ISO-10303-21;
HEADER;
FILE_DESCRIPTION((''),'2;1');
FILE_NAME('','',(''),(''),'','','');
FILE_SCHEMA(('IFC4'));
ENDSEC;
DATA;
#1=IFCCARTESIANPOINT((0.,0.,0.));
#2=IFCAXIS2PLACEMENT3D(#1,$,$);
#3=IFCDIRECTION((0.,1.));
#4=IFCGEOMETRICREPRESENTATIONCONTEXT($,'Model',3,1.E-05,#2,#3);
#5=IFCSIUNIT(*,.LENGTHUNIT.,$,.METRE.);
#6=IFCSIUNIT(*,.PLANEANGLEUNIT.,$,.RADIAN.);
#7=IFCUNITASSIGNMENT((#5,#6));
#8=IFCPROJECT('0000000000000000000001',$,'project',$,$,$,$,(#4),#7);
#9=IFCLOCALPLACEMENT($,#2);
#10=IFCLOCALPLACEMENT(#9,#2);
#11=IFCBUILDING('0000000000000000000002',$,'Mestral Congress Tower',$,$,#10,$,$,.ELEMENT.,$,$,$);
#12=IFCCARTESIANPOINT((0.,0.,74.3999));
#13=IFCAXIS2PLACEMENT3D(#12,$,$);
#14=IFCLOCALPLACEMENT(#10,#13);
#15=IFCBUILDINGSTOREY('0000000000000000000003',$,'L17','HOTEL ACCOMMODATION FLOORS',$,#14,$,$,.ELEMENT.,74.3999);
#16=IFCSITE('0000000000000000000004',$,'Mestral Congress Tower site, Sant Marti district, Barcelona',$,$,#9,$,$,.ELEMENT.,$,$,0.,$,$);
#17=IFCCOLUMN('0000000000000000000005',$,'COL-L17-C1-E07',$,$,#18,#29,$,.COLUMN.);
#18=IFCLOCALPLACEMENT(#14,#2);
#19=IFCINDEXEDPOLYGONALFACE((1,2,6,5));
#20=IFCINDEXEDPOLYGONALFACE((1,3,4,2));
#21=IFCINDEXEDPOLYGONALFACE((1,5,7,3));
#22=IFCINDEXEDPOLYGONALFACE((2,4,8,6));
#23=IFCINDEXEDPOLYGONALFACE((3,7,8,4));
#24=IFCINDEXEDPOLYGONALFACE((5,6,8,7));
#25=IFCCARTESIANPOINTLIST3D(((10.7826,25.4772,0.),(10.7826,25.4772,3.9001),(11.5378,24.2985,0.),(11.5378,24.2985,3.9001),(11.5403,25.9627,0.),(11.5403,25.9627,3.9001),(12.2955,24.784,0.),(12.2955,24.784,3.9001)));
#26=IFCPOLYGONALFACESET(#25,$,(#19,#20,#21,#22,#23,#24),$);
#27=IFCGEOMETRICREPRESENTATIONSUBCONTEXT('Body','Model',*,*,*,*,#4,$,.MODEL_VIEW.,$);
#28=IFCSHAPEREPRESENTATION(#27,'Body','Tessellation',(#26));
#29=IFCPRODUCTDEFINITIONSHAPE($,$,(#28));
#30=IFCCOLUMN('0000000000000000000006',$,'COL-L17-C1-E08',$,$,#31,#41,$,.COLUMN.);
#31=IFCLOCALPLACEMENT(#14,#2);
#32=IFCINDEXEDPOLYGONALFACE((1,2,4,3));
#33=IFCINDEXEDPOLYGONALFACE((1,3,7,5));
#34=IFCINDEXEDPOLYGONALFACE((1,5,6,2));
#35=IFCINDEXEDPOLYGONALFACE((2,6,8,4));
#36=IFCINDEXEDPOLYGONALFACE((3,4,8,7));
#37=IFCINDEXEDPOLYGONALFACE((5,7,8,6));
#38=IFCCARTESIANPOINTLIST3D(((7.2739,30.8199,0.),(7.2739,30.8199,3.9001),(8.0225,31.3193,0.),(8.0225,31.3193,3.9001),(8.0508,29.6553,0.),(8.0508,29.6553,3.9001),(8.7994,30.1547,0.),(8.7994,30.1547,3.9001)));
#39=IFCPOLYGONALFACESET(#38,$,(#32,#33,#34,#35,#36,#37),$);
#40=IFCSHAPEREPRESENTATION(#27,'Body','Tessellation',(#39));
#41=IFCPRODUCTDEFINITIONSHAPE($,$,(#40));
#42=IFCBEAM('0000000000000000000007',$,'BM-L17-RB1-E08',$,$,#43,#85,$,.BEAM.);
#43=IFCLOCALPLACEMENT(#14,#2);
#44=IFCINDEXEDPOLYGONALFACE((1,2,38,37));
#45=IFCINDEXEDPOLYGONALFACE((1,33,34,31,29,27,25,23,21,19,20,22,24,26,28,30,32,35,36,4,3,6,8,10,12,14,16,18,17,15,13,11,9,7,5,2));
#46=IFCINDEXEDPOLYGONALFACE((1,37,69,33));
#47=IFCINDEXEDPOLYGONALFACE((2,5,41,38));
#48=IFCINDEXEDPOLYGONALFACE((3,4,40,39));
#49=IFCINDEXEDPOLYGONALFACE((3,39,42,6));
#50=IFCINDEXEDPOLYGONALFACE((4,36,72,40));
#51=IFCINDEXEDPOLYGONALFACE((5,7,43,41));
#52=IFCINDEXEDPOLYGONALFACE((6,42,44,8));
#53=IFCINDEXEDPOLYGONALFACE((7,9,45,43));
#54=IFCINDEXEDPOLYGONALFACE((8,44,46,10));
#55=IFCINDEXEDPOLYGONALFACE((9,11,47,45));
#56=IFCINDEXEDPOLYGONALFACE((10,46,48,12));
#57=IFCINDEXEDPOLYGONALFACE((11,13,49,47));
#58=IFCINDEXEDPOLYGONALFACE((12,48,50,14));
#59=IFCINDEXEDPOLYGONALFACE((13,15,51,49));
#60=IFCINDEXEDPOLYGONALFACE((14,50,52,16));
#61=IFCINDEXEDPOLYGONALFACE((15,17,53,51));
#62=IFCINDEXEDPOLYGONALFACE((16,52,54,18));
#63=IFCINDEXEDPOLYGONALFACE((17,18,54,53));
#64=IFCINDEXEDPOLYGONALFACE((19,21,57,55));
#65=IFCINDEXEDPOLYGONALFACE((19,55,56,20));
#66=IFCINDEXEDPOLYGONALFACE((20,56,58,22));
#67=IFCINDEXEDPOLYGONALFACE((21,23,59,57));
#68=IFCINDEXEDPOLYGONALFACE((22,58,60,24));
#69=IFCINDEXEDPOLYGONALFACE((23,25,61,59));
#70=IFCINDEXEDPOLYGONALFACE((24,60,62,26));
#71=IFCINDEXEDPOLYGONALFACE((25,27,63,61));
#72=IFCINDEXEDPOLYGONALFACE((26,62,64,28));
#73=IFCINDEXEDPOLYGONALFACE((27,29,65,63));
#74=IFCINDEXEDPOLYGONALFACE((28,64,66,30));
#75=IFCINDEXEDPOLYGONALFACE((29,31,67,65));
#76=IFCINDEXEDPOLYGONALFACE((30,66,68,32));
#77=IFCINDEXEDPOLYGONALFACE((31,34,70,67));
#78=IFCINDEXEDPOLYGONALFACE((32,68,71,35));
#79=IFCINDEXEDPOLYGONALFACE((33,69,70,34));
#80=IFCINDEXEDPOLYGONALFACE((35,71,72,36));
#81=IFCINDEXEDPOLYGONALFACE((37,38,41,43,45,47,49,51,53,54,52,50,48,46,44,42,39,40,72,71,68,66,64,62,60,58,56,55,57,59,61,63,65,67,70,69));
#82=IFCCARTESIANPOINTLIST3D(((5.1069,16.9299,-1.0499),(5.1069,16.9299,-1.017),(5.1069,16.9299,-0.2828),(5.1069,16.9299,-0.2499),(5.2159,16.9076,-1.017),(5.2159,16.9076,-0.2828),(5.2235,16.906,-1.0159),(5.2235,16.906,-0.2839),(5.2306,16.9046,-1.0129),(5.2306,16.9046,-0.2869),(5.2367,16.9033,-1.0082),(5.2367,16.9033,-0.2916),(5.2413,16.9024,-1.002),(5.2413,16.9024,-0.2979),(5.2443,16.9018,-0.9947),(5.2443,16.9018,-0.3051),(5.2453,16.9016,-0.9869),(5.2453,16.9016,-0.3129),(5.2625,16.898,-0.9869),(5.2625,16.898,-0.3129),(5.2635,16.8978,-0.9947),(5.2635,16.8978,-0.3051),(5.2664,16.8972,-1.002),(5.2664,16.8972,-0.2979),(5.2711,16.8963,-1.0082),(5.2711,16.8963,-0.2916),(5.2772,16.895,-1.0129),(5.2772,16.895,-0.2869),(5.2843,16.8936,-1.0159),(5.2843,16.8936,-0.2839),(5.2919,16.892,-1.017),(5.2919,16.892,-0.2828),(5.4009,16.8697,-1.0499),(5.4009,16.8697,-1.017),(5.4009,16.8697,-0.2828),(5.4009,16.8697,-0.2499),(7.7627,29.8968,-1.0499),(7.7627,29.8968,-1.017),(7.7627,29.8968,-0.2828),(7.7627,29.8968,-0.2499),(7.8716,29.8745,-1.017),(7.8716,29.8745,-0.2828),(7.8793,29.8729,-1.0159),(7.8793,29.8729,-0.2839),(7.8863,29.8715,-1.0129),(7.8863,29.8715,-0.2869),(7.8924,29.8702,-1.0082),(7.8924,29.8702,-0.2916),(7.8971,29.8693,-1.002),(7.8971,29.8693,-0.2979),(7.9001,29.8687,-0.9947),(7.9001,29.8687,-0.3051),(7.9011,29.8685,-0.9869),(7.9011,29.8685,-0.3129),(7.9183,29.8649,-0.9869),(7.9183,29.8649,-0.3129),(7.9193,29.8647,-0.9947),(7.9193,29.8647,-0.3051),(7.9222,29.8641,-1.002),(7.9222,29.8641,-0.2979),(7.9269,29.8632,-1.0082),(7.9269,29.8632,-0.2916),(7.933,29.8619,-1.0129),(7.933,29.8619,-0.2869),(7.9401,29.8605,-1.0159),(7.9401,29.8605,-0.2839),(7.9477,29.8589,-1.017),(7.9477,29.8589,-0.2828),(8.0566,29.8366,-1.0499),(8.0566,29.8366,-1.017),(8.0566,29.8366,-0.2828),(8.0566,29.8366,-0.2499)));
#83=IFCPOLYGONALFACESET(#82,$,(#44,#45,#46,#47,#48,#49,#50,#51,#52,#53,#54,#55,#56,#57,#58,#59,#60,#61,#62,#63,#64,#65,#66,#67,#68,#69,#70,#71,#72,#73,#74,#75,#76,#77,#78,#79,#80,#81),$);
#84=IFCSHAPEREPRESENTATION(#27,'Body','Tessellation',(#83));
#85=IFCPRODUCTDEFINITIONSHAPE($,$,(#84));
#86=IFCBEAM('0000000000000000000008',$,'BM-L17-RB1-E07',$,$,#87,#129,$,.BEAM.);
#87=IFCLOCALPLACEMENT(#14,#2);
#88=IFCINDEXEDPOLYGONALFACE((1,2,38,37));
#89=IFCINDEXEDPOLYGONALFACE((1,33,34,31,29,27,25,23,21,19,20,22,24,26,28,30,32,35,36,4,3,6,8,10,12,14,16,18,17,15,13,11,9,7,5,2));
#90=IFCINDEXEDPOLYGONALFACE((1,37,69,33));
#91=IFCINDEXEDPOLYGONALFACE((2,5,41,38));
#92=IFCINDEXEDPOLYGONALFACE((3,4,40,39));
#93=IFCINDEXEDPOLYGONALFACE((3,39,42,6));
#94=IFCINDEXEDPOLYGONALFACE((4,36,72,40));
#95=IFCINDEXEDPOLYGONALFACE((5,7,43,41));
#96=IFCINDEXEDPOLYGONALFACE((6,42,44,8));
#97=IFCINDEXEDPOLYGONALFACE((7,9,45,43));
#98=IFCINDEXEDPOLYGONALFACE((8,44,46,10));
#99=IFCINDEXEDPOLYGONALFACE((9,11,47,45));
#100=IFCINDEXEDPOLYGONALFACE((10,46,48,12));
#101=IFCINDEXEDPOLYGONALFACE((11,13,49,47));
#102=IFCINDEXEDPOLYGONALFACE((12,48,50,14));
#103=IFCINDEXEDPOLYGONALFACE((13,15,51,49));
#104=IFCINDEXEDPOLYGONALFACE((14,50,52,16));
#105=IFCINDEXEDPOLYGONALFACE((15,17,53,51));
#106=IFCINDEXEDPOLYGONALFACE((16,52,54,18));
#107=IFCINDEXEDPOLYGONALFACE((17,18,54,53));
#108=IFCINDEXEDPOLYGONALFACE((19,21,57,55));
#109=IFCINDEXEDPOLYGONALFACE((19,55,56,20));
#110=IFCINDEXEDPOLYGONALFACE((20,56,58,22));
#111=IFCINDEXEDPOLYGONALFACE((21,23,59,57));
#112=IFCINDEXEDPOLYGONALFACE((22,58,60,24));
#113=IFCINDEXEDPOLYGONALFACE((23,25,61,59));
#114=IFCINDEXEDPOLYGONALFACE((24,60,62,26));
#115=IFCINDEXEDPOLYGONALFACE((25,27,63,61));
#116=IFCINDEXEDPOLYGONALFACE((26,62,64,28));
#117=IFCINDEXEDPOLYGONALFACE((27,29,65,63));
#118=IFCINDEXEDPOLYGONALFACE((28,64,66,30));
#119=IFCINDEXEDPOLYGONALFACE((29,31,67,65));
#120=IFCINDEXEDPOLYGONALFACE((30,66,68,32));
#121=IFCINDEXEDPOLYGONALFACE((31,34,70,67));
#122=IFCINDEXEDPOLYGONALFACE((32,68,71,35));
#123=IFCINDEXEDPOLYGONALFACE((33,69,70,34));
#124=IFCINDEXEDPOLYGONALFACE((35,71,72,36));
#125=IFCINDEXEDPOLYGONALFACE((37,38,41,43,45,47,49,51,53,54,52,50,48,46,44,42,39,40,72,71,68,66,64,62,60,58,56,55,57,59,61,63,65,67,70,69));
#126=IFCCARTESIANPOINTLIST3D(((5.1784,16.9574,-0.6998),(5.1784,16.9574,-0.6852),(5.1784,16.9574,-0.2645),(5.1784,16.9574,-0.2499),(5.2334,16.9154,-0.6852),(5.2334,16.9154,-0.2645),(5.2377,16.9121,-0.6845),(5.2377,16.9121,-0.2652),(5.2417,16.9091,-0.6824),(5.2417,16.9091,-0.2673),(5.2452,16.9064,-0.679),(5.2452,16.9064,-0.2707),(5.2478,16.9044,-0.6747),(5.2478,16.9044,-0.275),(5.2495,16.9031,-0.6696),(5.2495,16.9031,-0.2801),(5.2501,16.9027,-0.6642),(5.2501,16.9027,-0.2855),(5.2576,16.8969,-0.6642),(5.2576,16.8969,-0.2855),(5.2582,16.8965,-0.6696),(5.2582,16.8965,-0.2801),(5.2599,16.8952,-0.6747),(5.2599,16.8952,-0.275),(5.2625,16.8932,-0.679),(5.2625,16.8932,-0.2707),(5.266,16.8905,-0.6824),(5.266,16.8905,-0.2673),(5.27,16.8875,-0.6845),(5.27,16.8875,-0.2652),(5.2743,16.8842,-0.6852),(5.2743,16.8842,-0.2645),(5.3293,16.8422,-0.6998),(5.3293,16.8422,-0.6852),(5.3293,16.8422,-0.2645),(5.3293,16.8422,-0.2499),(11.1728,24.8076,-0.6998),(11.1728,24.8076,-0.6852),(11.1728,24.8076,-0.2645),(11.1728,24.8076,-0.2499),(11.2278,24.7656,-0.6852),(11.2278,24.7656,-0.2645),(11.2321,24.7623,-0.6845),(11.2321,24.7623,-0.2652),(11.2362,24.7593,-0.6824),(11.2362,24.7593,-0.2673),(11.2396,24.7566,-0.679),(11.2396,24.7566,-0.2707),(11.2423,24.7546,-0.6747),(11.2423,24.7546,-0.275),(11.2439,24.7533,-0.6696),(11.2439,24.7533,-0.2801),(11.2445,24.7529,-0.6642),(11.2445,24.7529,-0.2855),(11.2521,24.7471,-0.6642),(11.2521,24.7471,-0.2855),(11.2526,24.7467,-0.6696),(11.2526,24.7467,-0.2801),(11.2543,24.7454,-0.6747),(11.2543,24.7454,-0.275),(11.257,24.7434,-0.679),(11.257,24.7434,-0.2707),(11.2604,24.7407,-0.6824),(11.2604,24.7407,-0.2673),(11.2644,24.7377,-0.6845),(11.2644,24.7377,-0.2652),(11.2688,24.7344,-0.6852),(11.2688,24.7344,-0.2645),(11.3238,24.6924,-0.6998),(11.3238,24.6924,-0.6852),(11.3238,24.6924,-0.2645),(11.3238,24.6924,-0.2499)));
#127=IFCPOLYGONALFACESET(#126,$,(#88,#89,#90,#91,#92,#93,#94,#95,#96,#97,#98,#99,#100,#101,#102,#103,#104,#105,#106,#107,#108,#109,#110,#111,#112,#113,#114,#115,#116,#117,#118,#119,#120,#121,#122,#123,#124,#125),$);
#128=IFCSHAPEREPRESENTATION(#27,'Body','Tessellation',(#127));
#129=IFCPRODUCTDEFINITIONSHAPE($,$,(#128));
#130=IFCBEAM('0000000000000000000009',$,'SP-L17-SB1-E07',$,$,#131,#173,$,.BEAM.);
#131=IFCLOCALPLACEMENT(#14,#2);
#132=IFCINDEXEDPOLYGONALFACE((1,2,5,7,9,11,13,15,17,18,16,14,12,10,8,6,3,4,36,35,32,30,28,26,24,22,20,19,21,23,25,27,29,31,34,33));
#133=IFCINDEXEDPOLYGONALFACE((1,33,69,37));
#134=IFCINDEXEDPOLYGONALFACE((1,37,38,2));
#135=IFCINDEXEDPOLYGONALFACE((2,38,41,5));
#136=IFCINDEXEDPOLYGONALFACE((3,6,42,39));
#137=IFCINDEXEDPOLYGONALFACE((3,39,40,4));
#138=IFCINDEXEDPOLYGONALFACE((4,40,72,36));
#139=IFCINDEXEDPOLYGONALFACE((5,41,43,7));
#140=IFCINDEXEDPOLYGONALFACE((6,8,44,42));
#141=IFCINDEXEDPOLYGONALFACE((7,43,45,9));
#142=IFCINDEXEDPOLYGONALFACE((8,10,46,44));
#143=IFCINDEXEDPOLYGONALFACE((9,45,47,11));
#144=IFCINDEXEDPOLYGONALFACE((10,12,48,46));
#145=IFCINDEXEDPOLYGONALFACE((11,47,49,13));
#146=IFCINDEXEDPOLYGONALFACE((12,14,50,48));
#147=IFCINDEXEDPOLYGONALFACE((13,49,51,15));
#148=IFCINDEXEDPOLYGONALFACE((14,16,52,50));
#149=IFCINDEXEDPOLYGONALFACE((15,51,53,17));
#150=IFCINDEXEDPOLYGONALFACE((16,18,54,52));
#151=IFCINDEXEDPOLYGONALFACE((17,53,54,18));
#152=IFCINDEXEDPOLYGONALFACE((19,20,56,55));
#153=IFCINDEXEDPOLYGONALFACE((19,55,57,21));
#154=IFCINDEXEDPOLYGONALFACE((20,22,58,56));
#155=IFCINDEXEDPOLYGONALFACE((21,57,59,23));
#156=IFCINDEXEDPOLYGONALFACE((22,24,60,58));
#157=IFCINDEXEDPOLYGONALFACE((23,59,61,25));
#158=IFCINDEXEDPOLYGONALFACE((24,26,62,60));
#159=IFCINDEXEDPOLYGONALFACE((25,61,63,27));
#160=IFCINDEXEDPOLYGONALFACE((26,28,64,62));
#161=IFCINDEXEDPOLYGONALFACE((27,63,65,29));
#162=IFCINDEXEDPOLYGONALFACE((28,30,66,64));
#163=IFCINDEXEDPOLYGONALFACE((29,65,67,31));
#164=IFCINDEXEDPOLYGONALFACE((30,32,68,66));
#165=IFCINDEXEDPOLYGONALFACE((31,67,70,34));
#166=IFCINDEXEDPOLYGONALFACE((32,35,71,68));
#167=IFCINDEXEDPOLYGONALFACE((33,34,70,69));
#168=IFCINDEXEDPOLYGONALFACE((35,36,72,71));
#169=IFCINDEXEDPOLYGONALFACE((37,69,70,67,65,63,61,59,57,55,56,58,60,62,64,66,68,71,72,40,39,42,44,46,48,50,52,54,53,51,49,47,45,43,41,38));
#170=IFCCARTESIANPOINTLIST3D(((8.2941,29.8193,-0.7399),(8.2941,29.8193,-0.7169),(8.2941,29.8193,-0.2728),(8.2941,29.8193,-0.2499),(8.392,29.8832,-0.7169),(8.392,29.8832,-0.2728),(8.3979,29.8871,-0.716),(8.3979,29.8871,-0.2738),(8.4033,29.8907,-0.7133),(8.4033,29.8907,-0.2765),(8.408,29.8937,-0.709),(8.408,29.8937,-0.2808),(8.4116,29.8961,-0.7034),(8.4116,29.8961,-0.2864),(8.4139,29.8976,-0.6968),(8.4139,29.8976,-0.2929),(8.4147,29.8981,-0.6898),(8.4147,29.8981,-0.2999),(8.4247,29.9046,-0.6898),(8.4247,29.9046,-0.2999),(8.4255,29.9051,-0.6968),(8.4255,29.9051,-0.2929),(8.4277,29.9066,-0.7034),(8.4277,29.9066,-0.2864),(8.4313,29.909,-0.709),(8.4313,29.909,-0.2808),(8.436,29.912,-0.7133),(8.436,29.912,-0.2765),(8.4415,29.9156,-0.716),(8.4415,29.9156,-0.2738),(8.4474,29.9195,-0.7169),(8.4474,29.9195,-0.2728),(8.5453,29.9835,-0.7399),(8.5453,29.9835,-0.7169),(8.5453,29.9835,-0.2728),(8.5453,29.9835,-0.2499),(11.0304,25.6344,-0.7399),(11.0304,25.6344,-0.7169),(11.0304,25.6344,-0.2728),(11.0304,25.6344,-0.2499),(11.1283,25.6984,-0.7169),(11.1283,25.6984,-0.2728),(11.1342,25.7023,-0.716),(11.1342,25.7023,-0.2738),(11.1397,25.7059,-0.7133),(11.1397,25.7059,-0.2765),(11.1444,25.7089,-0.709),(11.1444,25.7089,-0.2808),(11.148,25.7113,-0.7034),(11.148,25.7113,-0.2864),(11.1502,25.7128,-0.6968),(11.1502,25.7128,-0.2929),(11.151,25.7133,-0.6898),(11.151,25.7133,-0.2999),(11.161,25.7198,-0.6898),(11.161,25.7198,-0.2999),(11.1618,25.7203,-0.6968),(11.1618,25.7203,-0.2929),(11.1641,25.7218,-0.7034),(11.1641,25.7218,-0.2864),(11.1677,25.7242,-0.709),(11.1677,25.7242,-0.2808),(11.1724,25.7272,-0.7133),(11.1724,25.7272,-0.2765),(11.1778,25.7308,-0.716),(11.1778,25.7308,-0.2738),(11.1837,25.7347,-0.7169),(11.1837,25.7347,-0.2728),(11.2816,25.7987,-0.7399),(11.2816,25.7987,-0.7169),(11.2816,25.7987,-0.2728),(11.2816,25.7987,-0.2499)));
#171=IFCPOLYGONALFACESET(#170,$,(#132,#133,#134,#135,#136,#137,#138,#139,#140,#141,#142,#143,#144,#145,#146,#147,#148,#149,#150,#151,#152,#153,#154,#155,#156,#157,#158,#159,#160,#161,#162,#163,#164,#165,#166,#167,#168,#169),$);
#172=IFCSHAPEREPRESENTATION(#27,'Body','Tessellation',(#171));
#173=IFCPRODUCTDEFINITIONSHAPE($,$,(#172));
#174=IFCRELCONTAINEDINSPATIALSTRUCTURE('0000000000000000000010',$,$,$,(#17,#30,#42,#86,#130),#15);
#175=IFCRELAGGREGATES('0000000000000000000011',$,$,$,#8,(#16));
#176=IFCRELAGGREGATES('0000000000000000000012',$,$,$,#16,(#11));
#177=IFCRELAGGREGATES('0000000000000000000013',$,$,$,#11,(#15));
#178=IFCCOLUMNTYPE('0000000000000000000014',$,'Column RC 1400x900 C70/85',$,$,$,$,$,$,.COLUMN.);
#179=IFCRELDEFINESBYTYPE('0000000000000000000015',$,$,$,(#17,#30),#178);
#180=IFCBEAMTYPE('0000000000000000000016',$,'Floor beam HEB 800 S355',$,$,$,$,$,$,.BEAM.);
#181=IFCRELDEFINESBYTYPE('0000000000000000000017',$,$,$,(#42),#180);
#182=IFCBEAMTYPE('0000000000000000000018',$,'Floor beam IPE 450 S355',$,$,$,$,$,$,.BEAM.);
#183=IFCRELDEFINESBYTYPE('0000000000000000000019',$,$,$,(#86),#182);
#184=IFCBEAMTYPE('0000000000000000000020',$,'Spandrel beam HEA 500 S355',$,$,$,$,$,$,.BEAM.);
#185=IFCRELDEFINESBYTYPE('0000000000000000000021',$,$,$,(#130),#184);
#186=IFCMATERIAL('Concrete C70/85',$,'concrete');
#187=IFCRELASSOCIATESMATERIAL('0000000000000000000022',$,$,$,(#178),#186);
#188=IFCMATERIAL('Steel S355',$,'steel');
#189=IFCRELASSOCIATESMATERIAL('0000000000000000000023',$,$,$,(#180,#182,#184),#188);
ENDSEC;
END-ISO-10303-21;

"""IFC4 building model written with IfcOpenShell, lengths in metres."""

from ifc_helpers import new_model, si_unit, direction, frame, origin, origin_2d, place, context, subcontext, project, spatial, rectangle, i_section, extrude, material, material_profile, profile_set, type_object, element, save


model = new_model("IFC4")

# Units and contexts
model_context = context("Model", 3, precision=1e-05, world=origin(), true_north=direction((0.0, 1.0)))
body_context = subcontext(model_context, "Body", "Model", "MODEL_VIEW")
ifc_project = project(units=[si_unit("LENGTHUNIT", "METRE"), si_unit("PLANEANGLEUNIT", "RADIAN")], contexts=[model_context])

# Site, building, storey
site_placement = place(None, origin())
site = spatial("IfcSite", under=ifc_project, at=site_placement, Name="Mestral Congress Tower site, Sant Marti district, Barcelona", CompositionType="ELEMENT", RefElevation=0.0)
building_placement = place(site_placement, origin())
building = spatial("IfcBuilding", under=site, at=building_placement, Name="Mestral Congress Tower", CompositionType="ELEMENT")
storey_placement = place(building_placement, frame((0.0, 0.0, 74.3999)))
storey = spatial("IfcBuildingStorey", under=building, at=storey_placement, Name="L17", Description="HOTEL ACCOMMODATION FLOORS", CompositionType="ELEMENT", Elevation=74.3999)

# Columns
ifc_material_1 = material(Name="Concrete C70/85", Category="concrete")
ifc_material_profile_1 = material_profile(ifc_material_1, rectangle(XDim=1.3999, YDim=0.8999, at=origin_2d()), Name="RC 1400x900")
ifc_profile_set_1 = profile_set([ifc_material_profile_1], Name="Concrete C70/85")
column_type = type_object("IfcColumnType", Name="Column RC 1400x900 C70/85", PredefinedType="COLUMN", material=ifc_profile_set_1)
for number, where, z_axis, x_axis, name in (
    (1, (11.5391, 25.1306, 0.0), (0.0, 0.0, 1.0), (-0.539476, 0.842001, 0.0), "COL-L17-C1-E07"),
    (2, (8.0366, 30.4873, 0.0), (0.0, 0.0, 1.0), (-0.554949, 0.831884, 0.0), "COL-L17-C1-E08"),
):
    element("IfcColumn", number, at=place(storey_placement, frame(where, z_axis=z_axis, x_axis=x_axis)), inside=storey, type_object=column_type, Name=name, PredefinedType="COLUMN", context=body_context, shape_type="SweptSolid", body=[
        extrude(rectangle(XDim=1.3999, YDim=0.8999, at=origin_2d()), origin(), (0.0, 0.0, 1.0), 3.9001),
    ])

# Beams
ifc_material_2 = material(Name="Steel S355", Category="steel")
ifc_material_profile_2 = material_profile(ifc_material_2, i_section(OverallWidth=0.3, OverallDepth=0.8, WebThickness=0.0176, FlangeThickness=0.033, FilletRadius=0.03, at=origin_2d()), Name="HEB 800")
ifc_profile_set_2 = profile_set([ifc_material_profile_2], Name="Steel S355")
beam_type_1 = type_object("IfcBeamType", Name="Floor beam HEB 800 S355", PredefinedType="BEAM", material=ifc_profile_set_2)
beam_1_placement = place(storey_placement, frame((7.9097, 29.8667, -0.6499), z_axis=(-0.200647, -0.979664, 0.0), x_axis=(0.979664, -0.200647, 0.0)))
element("IfcBeam", 3, at=beam_1_placement, inside=storey, type_object=beam_type_1, Name="BM-L17-RB1-E08", PredefinedType="BEAM", context=body_context, shape_type="SweptSolid", body=[
    extrude(i_section(OverallWidth=0.3, OverallDepth=0.8, WebThickness=0.0176, FlangeThickness=0.033, FilletRadius=0.03, at=origin_2d()), origin(), (0.0, 0.0, 1.0), 13.2361),
])
ifc_material_profile_3 = material_profile(ifc_material_2, i_section(OverallWidth=0.1899, OverallDepth=0.45, WebThickness=0.0095, FlangeThickness=0.0146, FilletRadius=0.021, at=origin_2d()), Name="IPE 450")
ifc_profile_set_3 = profile_set([ifc_material_profile_3], Name="Steel S355")
beam_type_2 = type_object("IfcBeamType", Name="Floor beam IPE 450 S355", PredefinedType="BEAM", material=ifc_profile_set_3)
beam_2_placement = place(storey_placement, frame((11.2483, 24.75, -0.4749), z_axis=(-0.606899, -0.794779, 0.0), x_axis=(0.794779, -0.606899, 0.0)))
element("IfcBeam", 4, at=beam_2_placement, inside=storey, type_object=beam_type_2, Name="BM-L17-RB1-E07", PredefinedType="BEAM", context=body_context, shape_type="SweptSolid", body=[
    extrude(i_section(OverallWidth=0.1899, OverallDepth=0.45, WebThickness=0.0095, FlangeThickness=0.0146, FilletRadius=0.021, at=origin_2d()), origin(), (0.0, 0.0, 1.0), 9.8772),
])
ifc_material_profile_4 = material_profile(ifc_material_2, i_section(OverallWidth=0.3, OverallDepth=0.49, WebThickness=0.012, FlangeThickness=0.0229, FilletRadius=0.0271, at=origin_2d()), Name="HEA 500")
ifc_profile_set_4 = profile_set([ifc_material_profile_4], Name="Steel S355")
beam_type_3 = type_object("IfcBeamType", Name="Spandrel beam HEA 500 S355", PredefinedType="BEAM", material=ifc_profile_set_4)
beam_3_placement = place(storey_placement, frame((11.156, 25.7166, -0.4949), z_axis=(-0.547264, 0.83696, 0.0), x_axis=(-0.83696, -0.547264, 0.0)))
element("IfcBeam", 5, at=beam_3_placement, inside=storey, type_object=beam_type_3, Name="SP-L17-SB1-E07", PredefinedType="BEAM", context=body_context, shape_type="SweptSolid", body=[
    extrude(i_section(OverallWidth=0.3, OverallDepth=0.49, WebThickness=0.012, FlangeThickness=0.0229, FilletRadius=0.0271, at=origin_2d()), origin(), (0.0, 0.0, 1.0), 5.0),
])

save(model, "model.ifc")
